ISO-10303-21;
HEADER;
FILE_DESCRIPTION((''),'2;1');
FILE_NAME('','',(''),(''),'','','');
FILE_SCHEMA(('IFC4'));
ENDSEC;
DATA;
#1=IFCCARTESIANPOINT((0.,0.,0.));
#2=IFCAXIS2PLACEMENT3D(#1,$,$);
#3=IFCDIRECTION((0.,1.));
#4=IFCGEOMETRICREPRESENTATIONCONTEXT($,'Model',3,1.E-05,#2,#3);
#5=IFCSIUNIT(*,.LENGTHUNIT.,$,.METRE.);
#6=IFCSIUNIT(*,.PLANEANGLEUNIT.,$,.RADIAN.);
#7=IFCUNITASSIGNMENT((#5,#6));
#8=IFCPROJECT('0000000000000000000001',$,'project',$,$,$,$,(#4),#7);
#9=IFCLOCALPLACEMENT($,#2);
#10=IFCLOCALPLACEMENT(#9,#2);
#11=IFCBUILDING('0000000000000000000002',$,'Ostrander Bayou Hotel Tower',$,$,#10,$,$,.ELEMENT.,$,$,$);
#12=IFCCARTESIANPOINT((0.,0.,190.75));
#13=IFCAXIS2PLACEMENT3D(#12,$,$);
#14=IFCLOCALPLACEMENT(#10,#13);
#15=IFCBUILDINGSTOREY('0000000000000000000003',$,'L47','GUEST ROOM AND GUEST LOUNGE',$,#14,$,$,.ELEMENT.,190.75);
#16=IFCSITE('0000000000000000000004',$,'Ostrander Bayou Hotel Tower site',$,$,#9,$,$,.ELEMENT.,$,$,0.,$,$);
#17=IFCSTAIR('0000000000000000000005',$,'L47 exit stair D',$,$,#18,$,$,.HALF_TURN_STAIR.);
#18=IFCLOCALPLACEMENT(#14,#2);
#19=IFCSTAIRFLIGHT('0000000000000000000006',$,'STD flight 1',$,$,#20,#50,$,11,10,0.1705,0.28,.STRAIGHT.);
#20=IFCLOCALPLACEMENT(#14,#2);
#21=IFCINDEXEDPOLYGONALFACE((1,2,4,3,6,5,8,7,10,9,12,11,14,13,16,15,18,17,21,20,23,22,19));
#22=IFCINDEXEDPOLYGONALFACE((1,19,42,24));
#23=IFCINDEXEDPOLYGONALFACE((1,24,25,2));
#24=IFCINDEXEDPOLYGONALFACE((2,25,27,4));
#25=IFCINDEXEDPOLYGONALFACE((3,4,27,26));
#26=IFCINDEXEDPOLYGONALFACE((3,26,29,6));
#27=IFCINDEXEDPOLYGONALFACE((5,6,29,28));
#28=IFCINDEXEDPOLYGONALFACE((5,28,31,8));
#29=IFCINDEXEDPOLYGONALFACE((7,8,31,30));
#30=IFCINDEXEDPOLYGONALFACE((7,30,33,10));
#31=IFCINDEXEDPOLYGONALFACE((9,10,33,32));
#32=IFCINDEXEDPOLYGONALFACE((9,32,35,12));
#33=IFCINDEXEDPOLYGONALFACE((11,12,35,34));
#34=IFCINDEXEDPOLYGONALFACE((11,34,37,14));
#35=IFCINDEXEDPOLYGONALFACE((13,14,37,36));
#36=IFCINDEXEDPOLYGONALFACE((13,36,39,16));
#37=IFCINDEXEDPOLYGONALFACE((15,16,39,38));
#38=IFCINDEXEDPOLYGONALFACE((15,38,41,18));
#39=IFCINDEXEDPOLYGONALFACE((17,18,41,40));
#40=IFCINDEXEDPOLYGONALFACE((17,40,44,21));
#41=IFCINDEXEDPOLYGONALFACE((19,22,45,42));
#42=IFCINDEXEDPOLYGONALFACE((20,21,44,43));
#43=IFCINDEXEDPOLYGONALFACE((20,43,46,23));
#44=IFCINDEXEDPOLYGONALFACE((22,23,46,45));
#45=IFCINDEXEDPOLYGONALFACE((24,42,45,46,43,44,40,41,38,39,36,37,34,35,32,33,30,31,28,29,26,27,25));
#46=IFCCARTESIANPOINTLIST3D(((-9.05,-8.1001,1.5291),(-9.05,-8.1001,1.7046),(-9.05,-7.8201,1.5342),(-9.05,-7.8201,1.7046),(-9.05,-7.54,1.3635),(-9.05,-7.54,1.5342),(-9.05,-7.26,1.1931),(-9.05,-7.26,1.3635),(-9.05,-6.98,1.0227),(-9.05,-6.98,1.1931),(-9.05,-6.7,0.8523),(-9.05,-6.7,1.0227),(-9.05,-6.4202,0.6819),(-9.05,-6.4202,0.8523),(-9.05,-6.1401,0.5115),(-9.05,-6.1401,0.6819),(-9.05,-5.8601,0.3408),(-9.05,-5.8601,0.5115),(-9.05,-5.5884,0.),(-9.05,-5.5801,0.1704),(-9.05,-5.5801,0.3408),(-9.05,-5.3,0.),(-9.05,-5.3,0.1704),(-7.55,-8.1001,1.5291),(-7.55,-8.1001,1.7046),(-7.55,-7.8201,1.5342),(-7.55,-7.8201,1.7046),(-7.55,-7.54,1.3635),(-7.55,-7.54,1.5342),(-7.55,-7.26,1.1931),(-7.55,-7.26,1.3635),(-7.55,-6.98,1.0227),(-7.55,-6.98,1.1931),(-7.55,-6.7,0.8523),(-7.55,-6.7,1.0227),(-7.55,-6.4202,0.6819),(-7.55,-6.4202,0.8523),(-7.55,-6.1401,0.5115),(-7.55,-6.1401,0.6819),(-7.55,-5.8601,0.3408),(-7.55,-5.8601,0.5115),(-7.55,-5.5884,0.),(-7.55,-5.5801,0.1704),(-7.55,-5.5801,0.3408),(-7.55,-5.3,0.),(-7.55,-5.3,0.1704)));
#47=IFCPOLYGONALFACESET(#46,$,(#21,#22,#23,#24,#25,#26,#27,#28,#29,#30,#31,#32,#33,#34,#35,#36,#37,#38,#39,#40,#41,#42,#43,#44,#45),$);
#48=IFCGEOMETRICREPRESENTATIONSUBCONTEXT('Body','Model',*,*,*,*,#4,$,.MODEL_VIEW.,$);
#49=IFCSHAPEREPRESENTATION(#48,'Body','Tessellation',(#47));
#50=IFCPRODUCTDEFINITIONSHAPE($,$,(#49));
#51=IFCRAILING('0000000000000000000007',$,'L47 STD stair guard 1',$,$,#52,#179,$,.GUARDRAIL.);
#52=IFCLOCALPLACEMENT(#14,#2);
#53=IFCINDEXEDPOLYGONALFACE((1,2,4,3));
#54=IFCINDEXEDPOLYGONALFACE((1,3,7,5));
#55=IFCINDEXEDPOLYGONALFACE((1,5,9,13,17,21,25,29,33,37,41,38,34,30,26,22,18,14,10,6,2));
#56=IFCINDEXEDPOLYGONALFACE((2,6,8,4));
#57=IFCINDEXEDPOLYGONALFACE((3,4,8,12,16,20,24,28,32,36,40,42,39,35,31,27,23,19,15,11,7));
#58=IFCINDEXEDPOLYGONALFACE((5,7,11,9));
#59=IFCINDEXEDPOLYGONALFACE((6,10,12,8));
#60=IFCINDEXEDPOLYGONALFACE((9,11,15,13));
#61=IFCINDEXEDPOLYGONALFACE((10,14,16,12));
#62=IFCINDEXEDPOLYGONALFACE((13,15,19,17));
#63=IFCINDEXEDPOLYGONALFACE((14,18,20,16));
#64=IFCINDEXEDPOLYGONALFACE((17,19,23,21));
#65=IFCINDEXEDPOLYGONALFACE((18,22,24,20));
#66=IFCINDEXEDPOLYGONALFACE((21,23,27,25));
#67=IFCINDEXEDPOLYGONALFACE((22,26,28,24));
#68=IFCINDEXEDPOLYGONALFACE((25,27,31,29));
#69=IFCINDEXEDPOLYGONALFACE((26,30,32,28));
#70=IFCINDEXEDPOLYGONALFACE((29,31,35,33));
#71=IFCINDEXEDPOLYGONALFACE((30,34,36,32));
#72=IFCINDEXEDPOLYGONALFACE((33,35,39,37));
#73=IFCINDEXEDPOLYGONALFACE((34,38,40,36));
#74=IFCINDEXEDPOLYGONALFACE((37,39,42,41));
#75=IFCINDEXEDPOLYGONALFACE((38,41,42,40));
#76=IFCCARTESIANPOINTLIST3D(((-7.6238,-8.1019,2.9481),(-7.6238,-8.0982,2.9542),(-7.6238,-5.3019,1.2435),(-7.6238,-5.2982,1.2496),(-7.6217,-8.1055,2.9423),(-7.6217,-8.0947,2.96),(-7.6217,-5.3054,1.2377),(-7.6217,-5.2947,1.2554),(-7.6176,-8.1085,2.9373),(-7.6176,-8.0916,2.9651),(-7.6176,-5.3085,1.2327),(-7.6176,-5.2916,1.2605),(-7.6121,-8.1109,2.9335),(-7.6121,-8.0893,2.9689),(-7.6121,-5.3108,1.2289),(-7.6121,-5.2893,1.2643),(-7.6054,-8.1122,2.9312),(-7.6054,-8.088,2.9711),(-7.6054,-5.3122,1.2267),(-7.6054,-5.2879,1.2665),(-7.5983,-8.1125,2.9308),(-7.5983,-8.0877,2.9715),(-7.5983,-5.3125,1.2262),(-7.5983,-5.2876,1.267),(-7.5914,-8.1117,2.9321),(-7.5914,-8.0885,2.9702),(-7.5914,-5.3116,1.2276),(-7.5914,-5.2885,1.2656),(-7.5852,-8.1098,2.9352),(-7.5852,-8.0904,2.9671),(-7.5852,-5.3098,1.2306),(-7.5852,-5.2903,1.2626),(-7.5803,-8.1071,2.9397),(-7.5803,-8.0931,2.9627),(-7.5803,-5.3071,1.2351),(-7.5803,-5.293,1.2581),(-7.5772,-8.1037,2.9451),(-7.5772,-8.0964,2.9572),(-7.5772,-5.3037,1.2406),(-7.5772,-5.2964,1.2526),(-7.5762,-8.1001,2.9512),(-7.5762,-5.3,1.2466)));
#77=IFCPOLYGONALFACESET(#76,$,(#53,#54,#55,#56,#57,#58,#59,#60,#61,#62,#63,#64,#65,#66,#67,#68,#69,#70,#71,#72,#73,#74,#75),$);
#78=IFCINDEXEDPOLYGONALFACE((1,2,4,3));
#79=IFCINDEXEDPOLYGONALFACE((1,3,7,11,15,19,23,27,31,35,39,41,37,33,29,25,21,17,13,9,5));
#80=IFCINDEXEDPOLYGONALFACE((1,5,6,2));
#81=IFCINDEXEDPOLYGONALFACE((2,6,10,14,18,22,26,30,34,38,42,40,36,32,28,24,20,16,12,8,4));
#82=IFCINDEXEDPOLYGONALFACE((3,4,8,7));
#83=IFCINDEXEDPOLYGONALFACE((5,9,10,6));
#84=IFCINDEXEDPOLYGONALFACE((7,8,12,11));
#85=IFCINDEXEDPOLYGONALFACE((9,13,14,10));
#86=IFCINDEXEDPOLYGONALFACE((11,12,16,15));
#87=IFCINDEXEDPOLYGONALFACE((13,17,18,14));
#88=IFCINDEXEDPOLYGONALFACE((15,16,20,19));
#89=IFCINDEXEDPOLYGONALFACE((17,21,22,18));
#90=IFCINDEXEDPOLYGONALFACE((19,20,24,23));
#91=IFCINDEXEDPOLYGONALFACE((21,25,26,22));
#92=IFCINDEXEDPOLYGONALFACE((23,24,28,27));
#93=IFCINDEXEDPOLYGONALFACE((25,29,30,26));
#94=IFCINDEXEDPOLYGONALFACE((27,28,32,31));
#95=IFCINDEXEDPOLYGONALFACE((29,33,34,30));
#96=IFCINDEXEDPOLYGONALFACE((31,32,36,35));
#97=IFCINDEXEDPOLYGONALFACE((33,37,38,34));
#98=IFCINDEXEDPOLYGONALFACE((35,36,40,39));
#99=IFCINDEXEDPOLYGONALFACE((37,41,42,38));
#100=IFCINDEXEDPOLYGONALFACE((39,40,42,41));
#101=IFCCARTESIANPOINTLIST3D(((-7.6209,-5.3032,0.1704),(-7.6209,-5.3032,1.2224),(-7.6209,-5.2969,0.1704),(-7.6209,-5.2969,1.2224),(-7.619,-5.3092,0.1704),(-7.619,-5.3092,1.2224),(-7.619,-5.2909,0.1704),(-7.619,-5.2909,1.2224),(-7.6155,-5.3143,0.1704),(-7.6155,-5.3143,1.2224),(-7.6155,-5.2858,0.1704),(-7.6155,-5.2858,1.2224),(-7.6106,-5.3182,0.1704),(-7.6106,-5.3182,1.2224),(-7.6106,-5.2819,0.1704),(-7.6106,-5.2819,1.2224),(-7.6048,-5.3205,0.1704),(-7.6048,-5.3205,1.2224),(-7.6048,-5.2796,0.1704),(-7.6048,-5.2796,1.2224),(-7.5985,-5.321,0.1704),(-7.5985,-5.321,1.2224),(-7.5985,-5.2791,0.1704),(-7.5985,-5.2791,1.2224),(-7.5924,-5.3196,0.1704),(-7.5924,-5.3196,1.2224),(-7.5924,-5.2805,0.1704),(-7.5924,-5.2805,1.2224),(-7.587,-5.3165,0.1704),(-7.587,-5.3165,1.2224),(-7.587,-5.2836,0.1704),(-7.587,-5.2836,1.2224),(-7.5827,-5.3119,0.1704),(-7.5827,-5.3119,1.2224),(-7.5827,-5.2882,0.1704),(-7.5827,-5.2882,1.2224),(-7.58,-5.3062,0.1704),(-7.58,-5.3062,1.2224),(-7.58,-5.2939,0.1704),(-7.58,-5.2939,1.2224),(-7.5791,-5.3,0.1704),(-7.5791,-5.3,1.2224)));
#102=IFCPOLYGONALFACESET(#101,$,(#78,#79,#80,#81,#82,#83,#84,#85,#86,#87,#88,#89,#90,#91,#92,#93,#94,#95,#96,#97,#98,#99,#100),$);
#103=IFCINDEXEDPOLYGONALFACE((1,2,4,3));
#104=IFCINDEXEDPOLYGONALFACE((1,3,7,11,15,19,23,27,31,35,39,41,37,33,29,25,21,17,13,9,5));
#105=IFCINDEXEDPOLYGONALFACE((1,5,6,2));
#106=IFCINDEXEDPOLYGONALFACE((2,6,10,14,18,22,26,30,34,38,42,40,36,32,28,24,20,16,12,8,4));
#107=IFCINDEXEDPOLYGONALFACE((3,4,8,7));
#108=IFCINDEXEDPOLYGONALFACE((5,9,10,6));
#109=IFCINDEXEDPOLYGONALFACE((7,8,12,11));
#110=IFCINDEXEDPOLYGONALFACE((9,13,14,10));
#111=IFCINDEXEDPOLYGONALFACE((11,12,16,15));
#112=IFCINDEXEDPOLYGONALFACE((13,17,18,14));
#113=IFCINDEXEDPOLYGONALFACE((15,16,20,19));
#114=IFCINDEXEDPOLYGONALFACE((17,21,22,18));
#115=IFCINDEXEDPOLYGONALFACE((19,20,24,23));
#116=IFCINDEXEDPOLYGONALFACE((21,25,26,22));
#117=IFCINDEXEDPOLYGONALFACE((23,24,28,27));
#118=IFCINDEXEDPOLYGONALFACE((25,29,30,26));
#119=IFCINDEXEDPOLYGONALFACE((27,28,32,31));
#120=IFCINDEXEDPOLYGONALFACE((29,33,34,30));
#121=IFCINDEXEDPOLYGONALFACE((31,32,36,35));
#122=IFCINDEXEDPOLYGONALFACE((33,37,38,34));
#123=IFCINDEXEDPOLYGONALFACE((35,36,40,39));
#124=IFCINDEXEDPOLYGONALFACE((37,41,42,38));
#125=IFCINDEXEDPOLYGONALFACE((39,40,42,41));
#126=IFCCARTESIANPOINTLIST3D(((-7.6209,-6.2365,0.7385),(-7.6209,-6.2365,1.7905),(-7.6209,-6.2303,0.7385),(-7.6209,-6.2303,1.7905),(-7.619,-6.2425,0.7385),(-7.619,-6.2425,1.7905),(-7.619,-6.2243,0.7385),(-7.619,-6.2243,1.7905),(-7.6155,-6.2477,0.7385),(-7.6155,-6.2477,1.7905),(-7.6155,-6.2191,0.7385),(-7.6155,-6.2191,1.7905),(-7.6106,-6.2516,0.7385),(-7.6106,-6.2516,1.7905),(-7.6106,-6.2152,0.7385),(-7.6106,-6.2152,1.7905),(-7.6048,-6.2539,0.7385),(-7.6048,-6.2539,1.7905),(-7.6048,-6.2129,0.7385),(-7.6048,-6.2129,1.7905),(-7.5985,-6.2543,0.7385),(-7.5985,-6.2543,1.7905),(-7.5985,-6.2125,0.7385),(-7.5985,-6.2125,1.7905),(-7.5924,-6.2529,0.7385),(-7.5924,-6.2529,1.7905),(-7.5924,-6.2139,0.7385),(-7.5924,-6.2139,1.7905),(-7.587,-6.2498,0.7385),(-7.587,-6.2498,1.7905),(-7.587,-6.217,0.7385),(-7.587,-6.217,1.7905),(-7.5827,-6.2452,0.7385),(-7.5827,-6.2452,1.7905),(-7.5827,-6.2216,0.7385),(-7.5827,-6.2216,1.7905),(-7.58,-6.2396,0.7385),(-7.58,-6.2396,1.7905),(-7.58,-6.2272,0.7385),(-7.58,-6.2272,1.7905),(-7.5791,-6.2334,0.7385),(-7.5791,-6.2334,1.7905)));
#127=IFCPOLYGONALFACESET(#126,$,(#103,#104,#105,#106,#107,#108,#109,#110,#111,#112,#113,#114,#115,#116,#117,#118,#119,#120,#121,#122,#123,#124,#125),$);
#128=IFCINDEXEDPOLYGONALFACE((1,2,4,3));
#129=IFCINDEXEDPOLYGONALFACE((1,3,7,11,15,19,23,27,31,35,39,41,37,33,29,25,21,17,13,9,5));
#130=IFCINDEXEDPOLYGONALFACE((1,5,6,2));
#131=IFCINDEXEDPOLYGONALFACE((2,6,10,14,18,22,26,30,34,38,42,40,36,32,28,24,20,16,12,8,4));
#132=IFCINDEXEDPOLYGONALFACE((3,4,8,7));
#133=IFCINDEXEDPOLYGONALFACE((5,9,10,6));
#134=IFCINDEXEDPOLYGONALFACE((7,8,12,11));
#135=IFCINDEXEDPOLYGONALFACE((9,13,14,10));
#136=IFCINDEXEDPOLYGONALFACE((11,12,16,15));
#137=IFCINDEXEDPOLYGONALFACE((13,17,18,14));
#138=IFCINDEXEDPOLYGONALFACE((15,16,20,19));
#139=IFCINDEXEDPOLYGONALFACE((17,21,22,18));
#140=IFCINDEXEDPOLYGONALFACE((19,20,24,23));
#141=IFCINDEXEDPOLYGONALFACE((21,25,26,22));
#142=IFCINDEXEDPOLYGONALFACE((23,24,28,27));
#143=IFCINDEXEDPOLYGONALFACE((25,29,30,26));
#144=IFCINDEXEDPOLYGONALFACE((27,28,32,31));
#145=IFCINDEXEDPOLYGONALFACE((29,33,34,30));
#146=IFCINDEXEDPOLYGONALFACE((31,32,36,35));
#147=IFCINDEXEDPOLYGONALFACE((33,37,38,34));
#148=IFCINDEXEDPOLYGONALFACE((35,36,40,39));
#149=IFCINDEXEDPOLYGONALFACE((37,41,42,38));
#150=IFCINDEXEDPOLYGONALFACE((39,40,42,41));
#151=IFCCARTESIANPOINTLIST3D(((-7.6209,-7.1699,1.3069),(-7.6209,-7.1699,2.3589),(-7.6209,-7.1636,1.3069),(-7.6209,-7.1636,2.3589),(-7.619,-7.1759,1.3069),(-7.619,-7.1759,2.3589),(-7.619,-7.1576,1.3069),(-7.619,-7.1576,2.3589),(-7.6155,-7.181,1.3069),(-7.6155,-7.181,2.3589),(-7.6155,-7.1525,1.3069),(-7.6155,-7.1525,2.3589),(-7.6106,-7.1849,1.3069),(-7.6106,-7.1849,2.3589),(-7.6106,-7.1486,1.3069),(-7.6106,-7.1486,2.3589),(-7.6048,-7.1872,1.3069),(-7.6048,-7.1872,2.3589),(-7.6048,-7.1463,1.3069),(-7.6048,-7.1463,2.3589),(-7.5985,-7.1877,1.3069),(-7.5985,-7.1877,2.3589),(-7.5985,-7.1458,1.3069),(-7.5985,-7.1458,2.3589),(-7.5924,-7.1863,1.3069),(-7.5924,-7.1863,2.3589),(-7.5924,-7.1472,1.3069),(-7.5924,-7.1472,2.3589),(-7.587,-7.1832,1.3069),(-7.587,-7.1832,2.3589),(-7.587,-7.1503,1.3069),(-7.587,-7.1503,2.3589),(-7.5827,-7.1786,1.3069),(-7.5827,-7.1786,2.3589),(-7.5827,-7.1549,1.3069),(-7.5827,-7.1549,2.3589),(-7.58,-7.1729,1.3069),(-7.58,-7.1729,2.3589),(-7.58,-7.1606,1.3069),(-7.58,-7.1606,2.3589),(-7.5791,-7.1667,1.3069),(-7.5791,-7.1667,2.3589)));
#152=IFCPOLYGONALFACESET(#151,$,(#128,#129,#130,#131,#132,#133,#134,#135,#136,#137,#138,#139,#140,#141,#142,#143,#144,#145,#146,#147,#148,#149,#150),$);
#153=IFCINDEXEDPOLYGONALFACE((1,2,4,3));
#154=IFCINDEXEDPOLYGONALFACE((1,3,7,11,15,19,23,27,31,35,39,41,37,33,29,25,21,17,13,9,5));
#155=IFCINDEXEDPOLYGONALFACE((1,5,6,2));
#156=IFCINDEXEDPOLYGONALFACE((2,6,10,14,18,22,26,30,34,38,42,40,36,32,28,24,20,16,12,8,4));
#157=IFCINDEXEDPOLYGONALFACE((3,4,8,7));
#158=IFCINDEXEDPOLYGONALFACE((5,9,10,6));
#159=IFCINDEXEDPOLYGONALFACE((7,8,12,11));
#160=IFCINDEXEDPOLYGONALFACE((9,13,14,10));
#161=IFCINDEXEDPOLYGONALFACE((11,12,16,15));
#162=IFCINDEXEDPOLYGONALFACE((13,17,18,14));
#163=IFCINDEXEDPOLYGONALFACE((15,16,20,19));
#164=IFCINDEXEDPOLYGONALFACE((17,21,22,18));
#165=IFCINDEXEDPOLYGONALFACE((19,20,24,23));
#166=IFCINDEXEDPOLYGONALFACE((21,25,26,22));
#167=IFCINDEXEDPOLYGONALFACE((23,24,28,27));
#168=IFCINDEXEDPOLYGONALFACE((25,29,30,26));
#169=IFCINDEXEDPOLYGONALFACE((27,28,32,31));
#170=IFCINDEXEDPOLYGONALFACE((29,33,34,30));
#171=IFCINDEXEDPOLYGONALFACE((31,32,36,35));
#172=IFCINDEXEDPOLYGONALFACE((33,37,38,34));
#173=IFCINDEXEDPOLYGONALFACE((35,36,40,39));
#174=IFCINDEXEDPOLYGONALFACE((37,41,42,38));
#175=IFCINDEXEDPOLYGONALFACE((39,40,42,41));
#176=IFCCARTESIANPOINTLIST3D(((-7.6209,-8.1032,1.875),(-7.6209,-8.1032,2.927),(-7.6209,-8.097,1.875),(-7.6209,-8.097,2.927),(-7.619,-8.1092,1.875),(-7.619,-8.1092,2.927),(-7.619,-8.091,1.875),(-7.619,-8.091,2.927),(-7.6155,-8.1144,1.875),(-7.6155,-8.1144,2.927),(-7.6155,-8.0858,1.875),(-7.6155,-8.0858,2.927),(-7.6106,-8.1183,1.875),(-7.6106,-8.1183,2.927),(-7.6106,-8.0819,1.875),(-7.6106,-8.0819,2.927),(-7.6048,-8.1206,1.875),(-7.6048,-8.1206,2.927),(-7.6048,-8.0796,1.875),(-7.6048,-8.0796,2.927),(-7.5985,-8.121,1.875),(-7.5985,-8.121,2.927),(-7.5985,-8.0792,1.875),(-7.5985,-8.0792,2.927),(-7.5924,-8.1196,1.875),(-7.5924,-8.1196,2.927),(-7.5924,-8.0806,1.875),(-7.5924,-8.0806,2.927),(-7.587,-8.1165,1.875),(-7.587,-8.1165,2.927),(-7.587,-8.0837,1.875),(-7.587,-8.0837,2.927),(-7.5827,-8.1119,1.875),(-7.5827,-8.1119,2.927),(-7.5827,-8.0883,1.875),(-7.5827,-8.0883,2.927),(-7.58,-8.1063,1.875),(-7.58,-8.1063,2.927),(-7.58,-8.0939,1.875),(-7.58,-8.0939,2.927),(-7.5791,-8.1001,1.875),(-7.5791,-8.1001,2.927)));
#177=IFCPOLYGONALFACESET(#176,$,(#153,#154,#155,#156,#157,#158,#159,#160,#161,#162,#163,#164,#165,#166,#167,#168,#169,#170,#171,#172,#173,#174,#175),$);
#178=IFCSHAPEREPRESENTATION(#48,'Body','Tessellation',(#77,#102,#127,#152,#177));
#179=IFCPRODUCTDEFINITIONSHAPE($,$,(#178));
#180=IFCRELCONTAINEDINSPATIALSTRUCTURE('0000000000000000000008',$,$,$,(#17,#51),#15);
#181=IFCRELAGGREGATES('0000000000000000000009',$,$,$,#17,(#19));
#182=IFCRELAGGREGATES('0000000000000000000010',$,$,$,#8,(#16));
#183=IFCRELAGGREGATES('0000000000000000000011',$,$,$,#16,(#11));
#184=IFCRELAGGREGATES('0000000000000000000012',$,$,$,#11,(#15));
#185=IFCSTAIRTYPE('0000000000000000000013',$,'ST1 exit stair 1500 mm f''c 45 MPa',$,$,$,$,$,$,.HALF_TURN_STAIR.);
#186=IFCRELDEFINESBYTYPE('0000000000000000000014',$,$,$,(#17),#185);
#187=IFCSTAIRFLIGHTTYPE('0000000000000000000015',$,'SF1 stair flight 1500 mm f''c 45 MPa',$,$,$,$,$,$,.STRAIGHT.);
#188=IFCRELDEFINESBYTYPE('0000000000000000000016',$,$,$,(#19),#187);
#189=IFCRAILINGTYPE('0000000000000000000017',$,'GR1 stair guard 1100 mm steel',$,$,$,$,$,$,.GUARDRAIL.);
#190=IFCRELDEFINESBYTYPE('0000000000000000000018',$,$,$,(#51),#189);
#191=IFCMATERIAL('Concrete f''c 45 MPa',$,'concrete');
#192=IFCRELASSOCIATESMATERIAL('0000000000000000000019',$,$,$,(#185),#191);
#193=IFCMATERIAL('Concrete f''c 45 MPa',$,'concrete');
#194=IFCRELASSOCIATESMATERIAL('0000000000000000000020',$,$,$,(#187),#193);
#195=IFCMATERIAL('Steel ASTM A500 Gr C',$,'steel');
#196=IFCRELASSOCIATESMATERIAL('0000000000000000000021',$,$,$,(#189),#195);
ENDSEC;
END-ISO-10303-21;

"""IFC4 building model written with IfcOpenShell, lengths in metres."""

from ifc_helpers import new_model, si_unit, direction, frame, origin, origin_2d, place, context, subcontext, project, spatial, polyline, circle, outline, extrude, material, type_object, element, aggregate, save


model = new_model("IFC4")

# Units and contexts
model_context = context("Model", 3, precision=1e-05, world=origin(), true_north=direction((0.0, 1.0)))
body_context = subcontext(model_context, "Body", "Model", "MODEL_VIEW")
ifc_project = project(units=[si_unit("LENGTHUNIT", "METRE"), si_unit("PLANEANGLEUNIT", "RADIAN")], contexts=[model_context])

# Site, building, storey
site_placement = place(None, origin())
site = spatial("IfcSite", under=ifc_project, at=site_placement, Name="Ostrander Bayou Hotel Tower site", CompositionType="ELEMENT", RefElevation=0.0)
building_placement = place(site_placement, origin())
building = spatial("IfcBuilding", under=site, at=building_placement, Name="Ostrander Bayou Hotel Tower", CompositionType="ELEMENT")
storey_placement = place(building_placement, frame((0.0, 0.0, 190.75)))
storey = spatial("IfcBuildingStorey", under=building, at=storey_placement, Name="L47", Description="GUEST ROOM AND GUEST LOUNGE", CompositionType="ELEMENT", Elevation=190.75)

# Stair, stair flight
ifc_material_1 = material(Name="Concrete f'c 45 MPa", Category="concrete")
stair_type = type_object("IfcStairType", Name="ST1 exit stair 1500 mm f'c 45 MPa", PredefinedType="HALF_TURN_STAIR", material=ifc_material_1)
stair_placement = place(storey_placement, origin())
stair = element("IfcStair", 1, at=stair_placement, inside=storey, type_object=stair_type, Name="L47 exit stair D", PredefinedType="HALF_TURN_STAIR")
ifc_material_2 = material(Name="Concrete f'c 45 MPa", Category="concrete")
stair_flight_type = type_object("IfcStairFlightType", Name="SF1 stair flight 1500 mm f'c 45 MPa", PredefinedType="STRAIGHT", material=ifc_material_2)
stair_flight_placement = place(storey_placement, frame((-8.3, -5.3, 0.0), z_axis=(0.0, 0.0, 1.0), x_axis=(0.0, -1.0, 0.0)))
stair_flight = element("IfcStairFlight", 2, at=stair_flight_placement, type_object=stair_flight_type, Name="STD flight 1", NumberOfRisers=11, NumberOfTreads=10, PredefinedType="STRAIGHT", RiserHeight=0.1705, TreadLength=0.28, context=body_context, shape_type="SweptSolid", body=[
    extrude(outline(polyline([(0.0, 0.0), (0.0, 0.1704), (0.28, 0.1704), (0.28, 0.3408), (0.5601, 0.3408), (0.5601, 0.5115), (0.8401, 0.5115), (0.8401, 0.6819), (1.1201, 0.6819), (1.1201, 0.8523), (1.3999, 0.8523), (1.3999, 1.0227), (1.6799, 1.0227), (1.6799, 1.1931), (1.96, 1.1931), (1.96, 1.3635), (2.24, 1.3635), (2.24, 1.5342), (2.52, 1.5342), (2.52, 1.7046), (2.8, 1.7046), (2.8, 1.875), (2.8, 1.5291), (0.2883, 0.0), (0.0, 0.0)])), frame((0.0, 0.75, 0.0), z_axis=(0.0, -1.0, 0.0), x_axis=(1.0, 0.0, 0.0)), (0.0, 0.0, 1.0), 1.5),
])
aggregate(stair, [stair_flight])

# Railing
ifc_material_3 = material(Name="Steel ASTM A500 Gr C", Category="steel")
railing_type_1 = type_object("IfcRailingType", Name="GR1 stair guard 1100 mm steel", PredefinedType="GUARDRAIL", material=ifc_material_3)
railing_1_placement = place(storey_placement, frame((-7.6001, -5.3, 0.1704)))
element("IfcRailing", 3, at=railing_1_placement, inside=storey, type_object=railing_type_1, Name="L47 STD stair guard 1", PredefinedType="GUARDRAIL", context=body_context, shape_type="SweptSolid", body=[
    extrude(circle(Radius=0.0239, at=origin_2d()), frame((0.0, 0.0, 1.0762), z_axis=(0.0, -0.85417, 0.519994), x_axis=(1.0, 0.0, 0.0)), (0.0, 0.0, 1.0), 3.2781),
    extrude(circle(Radius=0.021, at=origin_2d()), origin(), (0.0, 0.0, 1.0), 1.052),
    extrude(circle(Radius=0.021, at=origin_2d()), frame((0.0, -0.9333, 0.5681)), (0.0, 0.0, 1.0), 1.052),
    extrude(circle(Radius=0.021, at=origin_2d()), frame((0.0, -1.8667, 1.1365)), (0.0, 0.0, 1.0), 1.052),
    extrude(circle(Radius=0.021, at=origin_2d()), frame((0.0, -2.8, 1.7046)), (0.0, 0.0, 1.0), 1.052),
])

save(model, "model.ifc")
